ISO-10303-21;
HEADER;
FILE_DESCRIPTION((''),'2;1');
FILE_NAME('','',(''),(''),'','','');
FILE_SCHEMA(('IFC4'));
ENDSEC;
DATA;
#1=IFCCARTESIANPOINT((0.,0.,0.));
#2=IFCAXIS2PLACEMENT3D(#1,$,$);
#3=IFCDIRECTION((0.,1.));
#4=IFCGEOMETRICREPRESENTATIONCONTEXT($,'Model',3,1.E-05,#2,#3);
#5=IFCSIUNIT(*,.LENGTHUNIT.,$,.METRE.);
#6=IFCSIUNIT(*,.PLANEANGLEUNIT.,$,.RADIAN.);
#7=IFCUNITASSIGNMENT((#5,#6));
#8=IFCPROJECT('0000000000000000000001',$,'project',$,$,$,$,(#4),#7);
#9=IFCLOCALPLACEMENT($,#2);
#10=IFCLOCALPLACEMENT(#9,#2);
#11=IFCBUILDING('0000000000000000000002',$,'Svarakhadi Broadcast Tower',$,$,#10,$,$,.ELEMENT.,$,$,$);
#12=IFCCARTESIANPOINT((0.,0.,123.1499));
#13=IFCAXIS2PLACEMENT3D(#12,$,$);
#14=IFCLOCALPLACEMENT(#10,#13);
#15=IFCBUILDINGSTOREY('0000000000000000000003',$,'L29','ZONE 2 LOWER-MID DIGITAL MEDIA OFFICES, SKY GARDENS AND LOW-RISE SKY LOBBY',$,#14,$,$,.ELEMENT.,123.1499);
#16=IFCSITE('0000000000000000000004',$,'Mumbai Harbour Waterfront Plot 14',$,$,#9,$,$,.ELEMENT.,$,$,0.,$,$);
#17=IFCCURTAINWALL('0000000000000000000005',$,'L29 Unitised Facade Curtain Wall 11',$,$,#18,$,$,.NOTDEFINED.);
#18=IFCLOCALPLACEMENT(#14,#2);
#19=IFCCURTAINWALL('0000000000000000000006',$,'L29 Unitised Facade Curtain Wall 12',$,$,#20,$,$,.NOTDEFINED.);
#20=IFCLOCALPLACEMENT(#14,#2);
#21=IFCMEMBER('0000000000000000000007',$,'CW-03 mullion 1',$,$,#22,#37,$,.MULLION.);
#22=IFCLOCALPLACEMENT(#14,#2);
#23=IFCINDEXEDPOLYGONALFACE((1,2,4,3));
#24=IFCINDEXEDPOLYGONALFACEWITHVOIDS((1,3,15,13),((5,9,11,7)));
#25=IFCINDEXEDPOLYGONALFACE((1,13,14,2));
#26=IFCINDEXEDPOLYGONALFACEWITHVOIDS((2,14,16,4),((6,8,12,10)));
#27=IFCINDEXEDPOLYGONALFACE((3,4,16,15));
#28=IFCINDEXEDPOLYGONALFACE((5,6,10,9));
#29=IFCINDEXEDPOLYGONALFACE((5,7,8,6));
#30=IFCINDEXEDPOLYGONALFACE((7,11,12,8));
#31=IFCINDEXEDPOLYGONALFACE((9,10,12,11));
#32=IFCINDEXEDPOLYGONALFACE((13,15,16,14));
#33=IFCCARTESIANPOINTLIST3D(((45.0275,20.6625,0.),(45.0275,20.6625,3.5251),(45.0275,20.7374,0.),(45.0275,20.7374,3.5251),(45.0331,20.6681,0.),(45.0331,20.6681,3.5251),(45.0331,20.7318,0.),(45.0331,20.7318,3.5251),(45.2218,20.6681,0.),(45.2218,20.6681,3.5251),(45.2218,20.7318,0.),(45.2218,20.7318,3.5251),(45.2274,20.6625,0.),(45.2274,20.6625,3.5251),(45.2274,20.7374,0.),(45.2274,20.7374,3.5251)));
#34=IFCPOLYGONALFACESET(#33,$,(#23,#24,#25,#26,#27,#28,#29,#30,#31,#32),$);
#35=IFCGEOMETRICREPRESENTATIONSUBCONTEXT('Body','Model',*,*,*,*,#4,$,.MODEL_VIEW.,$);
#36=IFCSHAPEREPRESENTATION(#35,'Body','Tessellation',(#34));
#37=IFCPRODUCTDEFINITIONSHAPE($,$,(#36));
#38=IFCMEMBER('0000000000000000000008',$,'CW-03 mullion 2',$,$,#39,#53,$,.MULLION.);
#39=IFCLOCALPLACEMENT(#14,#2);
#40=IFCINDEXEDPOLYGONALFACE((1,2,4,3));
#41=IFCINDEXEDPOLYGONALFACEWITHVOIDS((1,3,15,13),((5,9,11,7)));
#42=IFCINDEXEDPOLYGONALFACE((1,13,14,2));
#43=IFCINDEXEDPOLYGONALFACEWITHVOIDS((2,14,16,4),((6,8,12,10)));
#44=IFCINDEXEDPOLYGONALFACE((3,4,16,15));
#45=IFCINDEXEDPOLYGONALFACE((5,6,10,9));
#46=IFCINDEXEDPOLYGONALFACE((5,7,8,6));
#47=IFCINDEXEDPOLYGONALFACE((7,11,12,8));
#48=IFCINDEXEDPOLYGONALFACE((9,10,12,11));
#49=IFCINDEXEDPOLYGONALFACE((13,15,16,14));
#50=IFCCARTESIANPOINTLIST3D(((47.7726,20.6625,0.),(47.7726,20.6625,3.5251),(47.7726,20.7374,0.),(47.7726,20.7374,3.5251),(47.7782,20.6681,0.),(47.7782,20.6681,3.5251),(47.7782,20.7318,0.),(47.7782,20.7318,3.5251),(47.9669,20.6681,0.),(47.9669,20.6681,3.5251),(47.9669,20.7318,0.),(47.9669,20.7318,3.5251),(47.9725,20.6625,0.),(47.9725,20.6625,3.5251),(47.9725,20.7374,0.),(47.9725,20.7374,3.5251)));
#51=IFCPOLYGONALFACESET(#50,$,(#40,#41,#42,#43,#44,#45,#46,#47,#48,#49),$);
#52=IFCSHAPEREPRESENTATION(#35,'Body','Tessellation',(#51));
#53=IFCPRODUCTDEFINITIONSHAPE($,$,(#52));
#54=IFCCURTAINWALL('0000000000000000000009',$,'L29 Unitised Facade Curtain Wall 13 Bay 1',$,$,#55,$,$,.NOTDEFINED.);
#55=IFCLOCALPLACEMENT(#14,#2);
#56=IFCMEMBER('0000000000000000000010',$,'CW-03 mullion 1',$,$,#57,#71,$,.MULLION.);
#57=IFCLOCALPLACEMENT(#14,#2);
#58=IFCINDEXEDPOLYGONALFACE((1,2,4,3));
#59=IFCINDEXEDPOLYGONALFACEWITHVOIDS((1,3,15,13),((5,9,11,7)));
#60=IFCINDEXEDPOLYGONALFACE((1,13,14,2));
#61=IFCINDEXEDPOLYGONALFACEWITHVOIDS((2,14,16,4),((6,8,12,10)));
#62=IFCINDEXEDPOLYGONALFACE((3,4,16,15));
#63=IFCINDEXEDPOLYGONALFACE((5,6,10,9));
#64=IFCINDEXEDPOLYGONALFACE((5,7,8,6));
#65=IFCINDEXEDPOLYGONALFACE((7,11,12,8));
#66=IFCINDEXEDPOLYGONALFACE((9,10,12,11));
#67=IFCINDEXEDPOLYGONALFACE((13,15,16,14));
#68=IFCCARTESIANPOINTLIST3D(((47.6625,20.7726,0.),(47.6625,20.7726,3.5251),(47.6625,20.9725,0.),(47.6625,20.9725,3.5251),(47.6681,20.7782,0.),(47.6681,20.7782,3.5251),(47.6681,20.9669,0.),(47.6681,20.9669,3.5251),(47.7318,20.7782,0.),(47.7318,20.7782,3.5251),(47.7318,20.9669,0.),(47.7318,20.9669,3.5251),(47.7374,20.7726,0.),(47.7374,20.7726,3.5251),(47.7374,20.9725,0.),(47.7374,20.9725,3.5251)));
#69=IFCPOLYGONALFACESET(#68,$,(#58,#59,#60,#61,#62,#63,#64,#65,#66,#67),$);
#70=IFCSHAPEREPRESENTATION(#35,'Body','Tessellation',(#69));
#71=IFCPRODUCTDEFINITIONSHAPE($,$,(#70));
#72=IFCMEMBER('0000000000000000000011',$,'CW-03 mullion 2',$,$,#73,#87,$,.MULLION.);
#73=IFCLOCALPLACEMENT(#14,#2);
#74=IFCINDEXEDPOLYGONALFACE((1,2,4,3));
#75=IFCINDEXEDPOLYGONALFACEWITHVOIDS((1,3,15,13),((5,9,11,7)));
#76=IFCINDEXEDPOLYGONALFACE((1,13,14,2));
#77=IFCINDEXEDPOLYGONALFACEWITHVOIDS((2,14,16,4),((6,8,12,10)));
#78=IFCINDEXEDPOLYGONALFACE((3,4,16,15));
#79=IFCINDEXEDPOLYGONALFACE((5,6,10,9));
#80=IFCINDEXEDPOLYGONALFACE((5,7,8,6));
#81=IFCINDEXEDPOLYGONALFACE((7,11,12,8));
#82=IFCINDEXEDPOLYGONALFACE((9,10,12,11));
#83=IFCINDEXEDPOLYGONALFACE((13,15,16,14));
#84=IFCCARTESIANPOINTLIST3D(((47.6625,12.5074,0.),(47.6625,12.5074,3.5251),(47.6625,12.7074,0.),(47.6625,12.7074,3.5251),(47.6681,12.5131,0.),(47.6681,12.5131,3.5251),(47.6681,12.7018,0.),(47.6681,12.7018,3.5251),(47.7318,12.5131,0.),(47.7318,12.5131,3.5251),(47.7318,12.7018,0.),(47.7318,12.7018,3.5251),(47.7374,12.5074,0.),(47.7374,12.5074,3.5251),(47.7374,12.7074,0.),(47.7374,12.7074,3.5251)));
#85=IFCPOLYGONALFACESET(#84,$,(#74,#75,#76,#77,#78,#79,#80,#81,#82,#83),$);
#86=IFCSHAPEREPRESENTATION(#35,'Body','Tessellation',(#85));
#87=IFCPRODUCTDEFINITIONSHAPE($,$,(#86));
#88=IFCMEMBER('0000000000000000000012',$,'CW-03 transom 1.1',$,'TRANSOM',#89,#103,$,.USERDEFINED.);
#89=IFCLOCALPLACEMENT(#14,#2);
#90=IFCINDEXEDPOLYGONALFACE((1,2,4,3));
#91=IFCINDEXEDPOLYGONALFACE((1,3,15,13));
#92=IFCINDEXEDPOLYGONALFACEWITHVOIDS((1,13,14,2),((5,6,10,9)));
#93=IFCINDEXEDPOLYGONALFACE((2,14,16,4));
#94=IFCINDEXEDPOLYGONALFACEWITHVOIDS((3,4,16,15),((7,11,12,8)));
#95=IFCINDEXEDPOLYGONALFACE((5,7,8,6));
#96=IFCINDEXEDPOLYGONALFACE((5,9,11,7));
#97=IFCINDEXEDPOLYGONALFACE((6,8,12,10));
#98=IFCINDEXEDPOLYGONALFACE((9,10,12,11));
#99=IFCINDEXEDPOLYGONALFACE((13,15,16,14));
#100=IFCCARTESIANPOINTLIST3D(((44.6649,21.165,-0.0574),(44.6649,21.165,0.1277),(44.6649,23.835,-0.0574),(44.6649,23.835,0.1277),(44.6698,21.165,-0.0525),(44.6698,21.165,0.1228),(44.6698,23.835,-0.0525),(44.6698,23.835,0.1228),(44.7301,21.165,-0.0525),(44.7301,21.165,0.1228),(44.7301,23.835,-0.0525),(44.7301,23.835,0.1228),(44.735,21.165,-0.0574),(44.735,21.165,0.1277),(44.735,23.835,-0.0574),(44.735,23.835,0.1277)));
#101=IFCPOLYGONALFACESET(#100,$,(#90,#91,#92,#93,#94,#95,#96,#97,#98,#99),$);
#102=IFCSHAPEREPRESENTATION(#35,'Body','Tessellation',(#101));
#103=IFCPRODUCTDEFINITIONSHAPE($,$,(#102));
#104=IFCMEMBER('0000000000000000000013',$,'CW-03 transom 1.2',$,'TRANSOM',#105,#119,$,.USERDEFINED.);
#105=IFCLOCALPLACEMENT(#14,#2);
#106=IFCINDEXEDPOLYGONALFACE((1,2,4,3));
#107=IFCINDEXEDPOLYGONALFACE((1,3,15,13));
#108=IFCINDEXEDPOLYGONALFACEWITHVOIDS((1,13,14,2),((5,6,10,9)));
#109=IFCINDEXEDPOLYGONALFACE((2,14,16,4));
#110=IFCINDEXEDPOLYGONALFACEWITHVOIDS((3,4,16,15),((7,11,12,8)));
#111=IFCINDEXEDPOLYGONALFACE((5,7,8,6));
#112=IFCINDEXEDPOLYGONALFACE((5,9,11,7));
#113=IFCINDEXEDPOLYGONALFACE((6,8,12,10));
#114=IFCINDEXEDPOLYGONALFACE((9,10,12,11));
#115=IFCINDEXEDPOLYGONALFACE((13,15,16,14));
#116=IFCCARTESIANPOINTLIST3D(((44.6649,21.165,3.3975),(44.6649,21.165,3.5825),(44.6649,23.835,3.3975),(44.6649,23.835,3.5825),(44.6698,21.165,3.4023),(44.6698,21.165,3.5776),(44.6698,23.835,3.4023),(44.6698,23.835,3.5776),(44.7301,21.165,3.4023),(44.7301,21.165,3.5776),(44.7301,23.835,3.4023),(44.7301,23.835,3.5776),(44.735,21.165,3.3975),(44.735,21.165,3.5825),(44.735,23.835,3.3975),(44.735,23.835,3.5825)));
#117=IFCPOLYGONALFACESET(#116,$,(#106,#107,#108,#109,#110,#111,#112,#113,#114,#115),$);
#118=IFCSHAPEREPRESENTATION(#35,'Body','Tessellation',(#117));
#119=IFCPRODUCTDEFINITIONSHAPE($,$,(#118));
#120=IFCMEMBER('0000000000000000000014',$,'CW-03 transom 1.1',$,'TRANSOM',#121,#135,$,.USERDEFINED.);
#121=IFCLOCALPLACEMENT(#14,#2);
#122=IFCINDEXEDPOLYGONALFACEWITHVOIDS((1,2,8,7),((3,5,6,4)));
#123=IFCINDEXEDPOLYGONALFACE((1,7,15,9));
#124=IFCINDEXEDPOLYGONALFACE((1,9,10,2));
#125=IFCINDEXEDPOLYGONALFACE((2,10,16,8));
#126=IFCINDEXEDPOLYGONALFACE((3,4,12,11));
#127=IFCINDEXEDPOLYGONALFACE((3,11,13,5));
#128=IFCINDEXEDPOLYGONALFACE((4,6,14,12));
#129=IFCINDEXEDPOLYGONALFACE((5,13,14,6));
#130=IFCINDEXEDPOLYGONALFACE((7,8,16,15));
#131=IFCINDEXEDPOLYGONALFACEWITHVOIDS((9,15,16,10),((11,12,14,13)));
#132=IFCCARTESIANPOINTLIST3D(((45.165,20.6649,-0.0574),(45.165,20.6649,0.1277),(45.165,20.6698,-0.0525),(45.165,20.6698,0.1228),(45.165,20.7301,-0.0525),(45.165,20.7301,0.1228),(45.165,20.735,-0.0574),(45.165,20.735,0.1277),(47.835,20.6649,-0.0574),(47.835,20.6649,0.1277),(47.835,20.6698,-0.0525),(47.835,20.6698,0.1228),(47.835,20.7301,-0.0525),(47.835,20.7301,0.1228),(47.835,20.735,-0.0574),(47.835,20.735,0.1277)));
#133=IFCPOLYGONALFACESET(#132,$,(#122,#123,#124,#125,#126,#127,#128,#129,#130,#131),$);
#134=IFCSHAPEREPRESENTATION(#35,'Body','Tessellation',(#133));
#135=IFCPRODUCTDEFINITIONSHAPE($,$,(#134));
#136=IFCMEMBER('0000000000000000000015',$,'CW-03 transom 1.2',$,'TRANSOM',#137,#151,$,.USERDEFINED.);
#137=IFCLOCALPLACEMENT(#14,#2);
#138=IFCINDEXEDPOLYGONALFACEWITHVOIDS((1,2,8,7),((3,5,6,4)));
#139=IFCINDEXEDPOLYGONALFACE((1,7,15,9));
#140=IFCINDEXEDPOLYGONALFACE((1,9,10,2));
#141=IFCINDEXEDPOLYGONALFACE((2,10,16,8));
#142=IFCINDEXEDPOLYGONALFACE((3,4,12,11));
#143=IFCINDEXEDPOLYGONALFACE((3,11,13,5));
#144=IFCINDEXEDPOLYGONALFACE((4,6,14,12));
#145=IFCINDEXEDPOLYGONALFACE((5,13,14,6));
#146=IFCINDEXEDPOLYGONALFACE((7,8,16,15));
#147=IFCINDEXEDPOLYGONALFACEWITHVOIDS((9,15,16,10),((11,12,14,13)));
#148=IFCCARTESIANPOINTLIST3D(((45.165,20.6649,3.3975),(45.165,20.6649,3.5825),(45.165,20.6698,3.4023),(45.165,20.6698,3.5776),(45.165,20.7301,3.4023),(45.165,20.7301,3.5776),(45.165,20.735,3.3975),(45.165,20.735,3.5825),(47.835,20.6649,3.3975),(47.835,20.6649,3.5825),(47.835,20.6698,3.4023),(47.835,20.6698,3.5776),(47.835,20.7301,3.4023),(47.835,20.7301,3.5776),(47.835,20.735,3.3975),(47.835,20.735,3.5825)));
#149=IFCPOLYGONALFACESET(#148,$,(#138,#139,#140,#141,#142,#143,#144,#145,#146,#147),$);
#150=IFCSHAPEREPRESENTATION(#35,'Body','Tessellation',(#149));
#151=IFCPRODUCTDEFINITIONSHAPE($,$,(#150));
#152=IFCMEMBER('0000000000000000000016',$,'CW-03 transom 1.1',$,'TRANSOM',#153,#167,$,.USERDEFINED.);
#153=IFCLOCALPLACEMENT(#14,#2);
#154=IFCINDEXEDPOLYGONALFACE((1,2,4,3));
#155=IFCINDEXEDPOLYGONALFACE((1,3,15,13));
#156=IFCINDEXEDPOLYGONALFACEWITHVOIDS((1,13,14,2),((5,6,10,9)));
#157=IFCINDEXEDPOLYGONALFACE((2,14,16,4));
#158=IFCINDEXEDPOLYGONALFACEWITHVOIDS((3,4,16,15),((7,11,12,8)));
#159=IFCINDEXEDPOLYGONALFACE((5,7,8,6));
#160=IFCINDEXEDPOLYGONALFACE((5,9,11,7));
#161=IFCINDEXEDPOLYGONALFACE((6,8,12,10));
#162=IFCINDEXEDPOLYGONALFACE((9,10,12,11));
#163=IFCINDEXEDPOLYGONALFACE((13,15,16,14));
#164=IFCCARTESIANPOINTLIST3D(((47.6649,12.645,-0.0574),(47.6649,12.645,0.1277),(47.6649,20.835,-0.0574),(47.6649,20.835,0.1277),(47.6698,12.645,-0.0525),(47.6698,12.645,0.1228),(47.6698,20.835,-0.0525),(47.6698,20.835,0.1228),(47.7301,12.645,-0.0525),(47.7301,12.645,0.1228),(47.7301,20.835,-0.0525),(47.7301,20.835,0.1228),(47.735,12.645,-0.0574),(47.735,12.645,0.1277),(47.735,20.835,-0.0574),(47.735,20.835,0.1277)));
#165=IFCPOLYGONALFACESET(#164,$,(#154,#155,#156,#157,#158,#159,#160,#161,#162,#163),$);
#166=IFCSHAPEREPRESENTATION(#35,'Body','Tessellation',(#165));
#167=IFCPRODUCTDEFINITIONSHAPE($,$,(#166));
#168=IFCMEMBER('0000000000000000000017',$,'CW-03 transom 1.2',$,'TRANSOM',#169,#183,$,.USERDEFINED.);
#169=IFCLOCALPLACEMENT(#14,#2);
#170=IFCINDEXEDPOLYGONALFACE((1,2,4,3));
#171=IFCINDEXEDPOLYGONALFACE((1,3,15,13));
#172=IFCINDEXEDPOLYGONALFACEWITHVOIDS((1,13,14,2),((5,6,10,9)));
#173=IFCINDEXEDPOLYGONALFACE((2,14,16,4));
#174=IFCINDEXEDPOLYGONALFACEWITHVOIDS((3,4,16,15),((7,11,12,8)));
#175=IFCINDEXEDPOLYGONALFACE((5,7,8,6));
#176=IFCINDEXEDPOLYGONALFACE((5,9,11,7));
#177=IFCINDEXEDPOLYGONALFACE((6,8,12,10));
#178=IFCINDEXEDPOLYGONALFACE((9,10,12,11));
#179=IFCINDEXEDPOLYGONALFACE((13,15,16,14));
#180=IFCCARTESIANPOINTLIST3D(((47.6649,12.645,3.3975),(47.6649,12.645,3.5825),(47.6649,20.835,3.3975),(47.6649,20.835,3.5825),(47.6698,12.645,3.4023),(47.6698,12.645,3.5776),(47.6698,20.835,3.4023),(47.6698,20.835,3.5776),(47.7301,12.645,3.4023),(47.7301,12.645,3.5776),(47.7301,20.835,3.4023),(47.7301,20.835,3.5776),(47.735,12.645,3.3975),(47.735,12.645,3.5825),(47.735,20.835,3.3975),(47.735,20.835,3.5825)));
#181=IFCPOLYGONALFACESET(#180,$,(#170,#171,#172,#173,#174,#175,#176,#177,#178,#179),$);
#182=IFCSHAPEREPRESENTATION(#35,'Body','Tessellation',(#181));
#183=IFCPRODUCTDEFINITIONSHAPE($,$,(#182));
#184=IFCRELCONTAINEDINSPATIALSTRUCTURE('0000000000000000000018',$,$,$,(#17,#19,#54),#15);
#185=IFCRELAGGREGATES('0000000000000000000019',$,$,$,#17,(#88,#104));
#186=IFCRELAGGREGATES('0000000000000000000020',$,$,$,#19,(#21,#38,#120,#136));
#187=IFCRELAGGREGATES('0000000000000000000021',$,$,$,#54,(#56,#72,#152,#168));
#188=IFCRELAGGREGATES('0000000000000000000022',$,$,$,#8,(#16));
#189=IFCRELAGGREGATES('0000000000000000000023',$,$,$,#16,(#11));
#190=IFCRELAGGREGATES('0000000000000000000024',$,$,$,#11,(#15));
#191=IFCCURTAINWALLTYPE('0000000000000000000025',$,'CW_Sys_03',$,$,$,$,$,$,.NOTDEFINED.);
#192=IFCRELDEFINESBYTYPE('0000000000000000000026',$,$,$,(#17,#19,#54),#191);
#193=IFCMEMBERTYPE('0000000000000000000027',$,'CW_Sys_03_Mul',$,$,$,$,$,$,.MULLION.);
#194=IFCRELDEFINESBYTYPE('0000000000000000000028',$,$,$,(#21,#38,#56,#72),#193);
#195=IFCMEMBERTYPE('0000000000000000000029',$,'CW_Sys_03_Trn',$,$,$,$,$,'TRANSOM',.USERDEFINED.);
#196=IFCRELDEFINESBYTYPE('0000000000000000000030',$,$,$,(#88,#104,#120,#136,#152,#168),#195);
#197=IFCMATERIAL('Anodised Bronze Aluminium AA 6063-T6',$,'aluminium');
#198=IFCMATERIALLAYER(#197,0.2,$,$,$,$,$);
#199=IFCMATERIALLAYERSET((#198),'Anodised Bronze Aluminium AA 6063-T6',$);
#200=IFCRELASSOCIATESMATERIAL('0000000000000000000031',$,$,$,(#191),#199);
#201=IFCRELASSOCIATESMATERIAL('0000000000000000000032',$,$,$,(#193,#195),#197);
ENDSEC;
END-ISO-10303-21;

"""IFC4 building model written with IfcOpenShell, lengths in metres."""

from ifc_helpers import new_model, si_unit, direction, frame, origin, origin_2d, place, context, subcontext, project, spatial, hollow_rectangle, extrude, material, layer, layer_set, material_profile, profile_set, type_object, element, aggregate, save


model = new_model("IFC4")

# Units and contexts
model_context = context("Model", 3, precision=1e-05, world=origin(), true_north=direction((0.0, 1.0)))
body_context = subcontext(model_context, "Body", "Model", "MODEL_VIEW")
ifc_project = project(units=[si_unit("LENGTHUNIT", "METRE"), si_unit("PLANEANGLEUNIT", "RADIAN")], contexts=[model_context])

# Site, building, storey
site_placement = place(None, origin())
site = spatial("IfcSite", under=ifc_project, at=site_placement, Name="Mumbai Harbour Waterfront Plot 14", CompositionType="ELEMENT", RefElevation=0.0)
building_placement = place(site_placement, origin())
building = spatial("IfcBuilding", under=site, at=building_placement, Name="Svarakhadi Broadcast Tower", CompositionType="ELEMENT")
storey_placement = place(building_placement, frame((0.0, 0.0, 123.1499)))
storey = spatial("IfcBuildingStorey", under=building, at=storey_placement, Name="L29", Description="ZONE 2 LOWER-MID DIGITAL MEDIA OFFICES, SKY GARDENS AND LOW-RISE SKY LOBBY", CompositionType="ELEMENT", Elevation=123.1499)

# Shared definitions
ifc_material_1 = material(Name="Anodised Bronze Aluminium AA 6063-T6", Category="aluminium")
ifc_layer_1 = layer(ifc_material_1, 0.2)
ifc_layer_set_1 = layer_set([ifc_layer_1], Name="Anodised Bronze Aluminium AA 6063-T6")
curtain_wall_type = type_object("IfcCurtainWallType", Name="CW_Sys_03", PredefinedType="NOTDEFINED", material=ifc_layer_set_1)
ifc_material_profile_1 = material_profile(ifc_material_1, hollow_rectangle(XDim=0.075, YDim=0.2, WallThickness=0.0056, at=origin_2d()), Name="ALU MULLION 200x75x6")
ifc_profile_set_1 = profile_set([ifc_material_profile_1], Name="Anodised Bronze Aluminium AA 6063-T6")
member_type_1 = type_object("IfcMemberType", Name="CW_Sys_03_Mul", PredefinedType="MULLION", material=ifc_profile_set_1)

# Curtain walls, members
curtain_wall_1_placement = place(storey_placement, origin())
curtain_wall_1 = element("IfcCurtainWall", 1, at=curtain_wall_1_placement, inside=storey, type_object=curtain_wall_type, Name="L29 Unitised Facade Curtain Wall 11", PredefinedType="NOTDEFINED")
curtain_wall_2_placement = place(storey_placement, origin())
curtain_wall_2 = element("IfcCurtainWall", 2, at=curtain_wall_2_placement, inside=storey, type_object=curtain_wall_type, Name="L29 Unitised Facade Curtain Wall 12", PredefinedType="NOTDEFINED")
member_1_placement = place(storey_placement, frame((45.1274, 20.7, 0.0), z_axis=(0.0, 0.0, 1.0), x_axis=(0.0, 1.0, 0.0)))
member_1 = element("IfcMember", 3, at=member_1_placement, type_object=member_type_1, Name="CW-03 mullion 1", PredefinedType="MULLION", context=body_context, shape_type="SweptSolid", body=[
    extrude(hollow_rectangle(XDim=0.075, YDim=0.2, WallThickness=0.0056, at=origin_2d()), origin(), (0.0, 0.0, 1.0), 3.5251),
])
member_2_placement = place(storey_placement, frame((47.8726, 20.7, 0.0), z_axis=(0.0, 0.0, 1.0), x_axis=(0.0, 1.0, 0.0)))
member_2 = element("IfcMember", 4, at=member_2_placement, type_object=member_type_1, Name="CW-03 mullion 2", PredefinedType="MULLION", context=body_context, shape_type="SweptSolid", body=[
    extrude(hollow_rectangle(XDim=0.075, YDim=0.2, WallThickness=0.0056, at=origin_2d()), origin(), (0.0, 0.0, 1.0), 3.5251),
])
curtain_wall_3_placement = place(storey_placement, origin())
curtain_wall_3 = element("IfcCurtainWall", 5, at=curtain_wall_3_placement, inside=storey, type_object=curtain_wall_type, Name="L29 Unitised Facade Curtain Wall 13 Bay 1", PredefinedType="NOTDEFINED")
member_3_placement = place(storey_placement, frame((47.7, 20.8726, 0.0), z_axis=(0.0, 0.0, 1.0), x_axis=(1.0, 0.0, 0.0)))
member_3 = element("IfcMember", 6, at=member_3_placement, type_object=member_type_1, Name="CW-03 mullion 1", PredefinedType="MULLION", context=body_context, shape_type="SweptSolid", body=[
    extrude(hollow_rectangle(XDim=0.075, YDim=0.2, WallThickness=0.0056, at=origin_2d()), origin(), (0.0, 0.0, 1.0), 3.5251),
])
member_4_placement = place(storey_placement, frame((47.7, 12.6074, 0.0), z_axis=(0.0, 0.0, 1.0), x_axis=(1.0, 0.0, 0.0)))
member_4 = element("IfcMember", 7, at=member_4_placement, type_object=member_type_1, Name="CW-03 mullion 2", PredefinedType="MULLION", context=body_context, shape_type="SweptSolid", body=[
    extrude(hollow_rectangle(XDim=0.075, YDim=0.2, WallThickness=0.0056, at=origin_2d()), origin(), (0.0, 0.0, 1.0), 3.5251),
])

# Members
ifc_material_profile_2 = material_profile(ifc_material_1, hollow_rectangle(XDim=0.0701, YDim=0.1851, WallThickness=0.0049, at=origin_2d()), Name="ALU TRANSOM 185x70x5")
ifc_profile_set_2 = profile_set([ifc_material_profile_2], Name="Anodised Bronze Aluminium AA 6063-T6")
member_type_2 = type_object("IfcMemberType", Name="CW_Sys_03_Trn", ElementType="TRANSOM", PredefinedType="USERDEFINED", material=ifc_profile_set_2)
member_5_placement = place(storey_placement, frame((44.7, 23.835, 0.0352), z_axis=(0.0, -1.0, 0.0), x_axis=(1.0, 0.0, 0.0)))
member_5 = element("IfcMember", 8, at=member_5_placement, type_object=member_type_2, Name="CW-03 transom 1.1", ObjectType="TRANSOM", PredefinedType="USERDEFINED", context=body_context, shape_type="SweptSolid", body=[
    extrude(hollow_rectangle(XDim=0.0701, YDim=0.1851, WallThickness=0.0049, at=origin_2d()), origin(), (0.0, 0.0, 1.0), 2.6699),
])
member_6_placement = place(storey_placement, frame((44.7, 23.835, 3.49), z_axis=(0.0, -1.0, 0.0), x_axis=(1.0, 0.0, 0.0)))
member_6 = element("IfcMember", 9, at=member_6_placement, type_object=member_type_2, Name="CW-03 transom 1.2", ObjectType="TRANSOM", PredefinedType="USERDEFINED", context=body_context, shape_type="SweptSolid", body=[
    extrude(hollow_rectangle(XDim=0.0701, YDim=0.1851, WallThickness=0.0049, at=origin_2d()), origin(), (0.0, 0.0, 1.0), 2.6699),
])
member_7_placement = place(storey_placement, frame((45.165, 20.7, 0.0352), z_axis=(1.0, 0.0, 0.0), x_axis=(0.0, 1.0, 0.0)))
member_7 = element("IfcMember", 10, at=member_7_placement, type_object=member_type_2, Name="CW-03 transom 1.1", ObjectType="TRANSOM", PredefinedType="USERDEFINED", context=body_context, shape_type="SweptSolid", body=[
    extrude(hollow_rectangle(XDim=0.0701, YDim=0.1851, WallThickness=0.0049, at=origin_2d()), origin(), (0.0, 0.0, 1.0), 2.6699),
])
member_8_placement = place(storey_placement, frame((45.165, 20.7, 3.49), z_axis=(1.0, 0.0, 0.0), x_axis=(0.0, 1.0, 0.0)))
member_8 = element("IfcMember", 11, at=member_8_placement, type_object=member_type_2, Name="CW-03 transom 1.2", ObjectType="TRANSOM", PredefinedType="USERDEFINED", context=body_context, shape_type="SweptSolid", body=[
    extrude(hollow_rectangle(XDim=0.0701, YDim=0.1851, WallThickness=0.0049, at=origin_2d()), origin(), (0.0, 0.0, 1.0), 2.6699),
])
member_9_placement = place(storey_placement, frame((47.7, 20.835, 0.0352), z_axis=(0.0, -1.0, 0.0), x_axis=(1.0, 0.0, 0.0)))
member_9 = element("IfcMember", 12, at=member_9_placement, type_object=member_type_2, Name="CW-03 transom 1.1", ObjectType="TRANSOM", PredefinedType="USERDEFINED", context=body_context, shape_type="SweptSolid", body=[
    extrude(hollow_rectangle(XDim=0.0701, YDim=0.1851, WallThickness=0.0049, at=origin_2d()), origin(), (0.0, 0.0, 1.0), 8.1899),
])
member_10_placement = place(storey_placement, frame((47.7, 20.835, 3.49), z_axis=(0.0, -1.0, 0.0), x_axis=(1.0, 0.0, 0.0)))
member_10 = element("IfcMember", 13, at=member_10_placement, type_object=member_type_2, Name="CW-03 transom 1.2", ObjectType="TRANSOM", PredefinedType="USERDEFINED", context=body_context, shape_type="SweptSolid", body=[
    extrude(hollow_rectangle(XDim=0.0701, YDim=0.1851, WallThickness=0.0049, at=origin_2d()), origin(), (0.0, 0.0, 1.0), 8.1899),
])

aggregate(curtain_wall_1, [member_5, member_6])
aggregate(curtain_wall_2, [member_1, member_2, member_7, member_8])
aggregate(curtain_wall_3, [member_3, member_4, member_9, member_10])

save(model, "model.ifc")
